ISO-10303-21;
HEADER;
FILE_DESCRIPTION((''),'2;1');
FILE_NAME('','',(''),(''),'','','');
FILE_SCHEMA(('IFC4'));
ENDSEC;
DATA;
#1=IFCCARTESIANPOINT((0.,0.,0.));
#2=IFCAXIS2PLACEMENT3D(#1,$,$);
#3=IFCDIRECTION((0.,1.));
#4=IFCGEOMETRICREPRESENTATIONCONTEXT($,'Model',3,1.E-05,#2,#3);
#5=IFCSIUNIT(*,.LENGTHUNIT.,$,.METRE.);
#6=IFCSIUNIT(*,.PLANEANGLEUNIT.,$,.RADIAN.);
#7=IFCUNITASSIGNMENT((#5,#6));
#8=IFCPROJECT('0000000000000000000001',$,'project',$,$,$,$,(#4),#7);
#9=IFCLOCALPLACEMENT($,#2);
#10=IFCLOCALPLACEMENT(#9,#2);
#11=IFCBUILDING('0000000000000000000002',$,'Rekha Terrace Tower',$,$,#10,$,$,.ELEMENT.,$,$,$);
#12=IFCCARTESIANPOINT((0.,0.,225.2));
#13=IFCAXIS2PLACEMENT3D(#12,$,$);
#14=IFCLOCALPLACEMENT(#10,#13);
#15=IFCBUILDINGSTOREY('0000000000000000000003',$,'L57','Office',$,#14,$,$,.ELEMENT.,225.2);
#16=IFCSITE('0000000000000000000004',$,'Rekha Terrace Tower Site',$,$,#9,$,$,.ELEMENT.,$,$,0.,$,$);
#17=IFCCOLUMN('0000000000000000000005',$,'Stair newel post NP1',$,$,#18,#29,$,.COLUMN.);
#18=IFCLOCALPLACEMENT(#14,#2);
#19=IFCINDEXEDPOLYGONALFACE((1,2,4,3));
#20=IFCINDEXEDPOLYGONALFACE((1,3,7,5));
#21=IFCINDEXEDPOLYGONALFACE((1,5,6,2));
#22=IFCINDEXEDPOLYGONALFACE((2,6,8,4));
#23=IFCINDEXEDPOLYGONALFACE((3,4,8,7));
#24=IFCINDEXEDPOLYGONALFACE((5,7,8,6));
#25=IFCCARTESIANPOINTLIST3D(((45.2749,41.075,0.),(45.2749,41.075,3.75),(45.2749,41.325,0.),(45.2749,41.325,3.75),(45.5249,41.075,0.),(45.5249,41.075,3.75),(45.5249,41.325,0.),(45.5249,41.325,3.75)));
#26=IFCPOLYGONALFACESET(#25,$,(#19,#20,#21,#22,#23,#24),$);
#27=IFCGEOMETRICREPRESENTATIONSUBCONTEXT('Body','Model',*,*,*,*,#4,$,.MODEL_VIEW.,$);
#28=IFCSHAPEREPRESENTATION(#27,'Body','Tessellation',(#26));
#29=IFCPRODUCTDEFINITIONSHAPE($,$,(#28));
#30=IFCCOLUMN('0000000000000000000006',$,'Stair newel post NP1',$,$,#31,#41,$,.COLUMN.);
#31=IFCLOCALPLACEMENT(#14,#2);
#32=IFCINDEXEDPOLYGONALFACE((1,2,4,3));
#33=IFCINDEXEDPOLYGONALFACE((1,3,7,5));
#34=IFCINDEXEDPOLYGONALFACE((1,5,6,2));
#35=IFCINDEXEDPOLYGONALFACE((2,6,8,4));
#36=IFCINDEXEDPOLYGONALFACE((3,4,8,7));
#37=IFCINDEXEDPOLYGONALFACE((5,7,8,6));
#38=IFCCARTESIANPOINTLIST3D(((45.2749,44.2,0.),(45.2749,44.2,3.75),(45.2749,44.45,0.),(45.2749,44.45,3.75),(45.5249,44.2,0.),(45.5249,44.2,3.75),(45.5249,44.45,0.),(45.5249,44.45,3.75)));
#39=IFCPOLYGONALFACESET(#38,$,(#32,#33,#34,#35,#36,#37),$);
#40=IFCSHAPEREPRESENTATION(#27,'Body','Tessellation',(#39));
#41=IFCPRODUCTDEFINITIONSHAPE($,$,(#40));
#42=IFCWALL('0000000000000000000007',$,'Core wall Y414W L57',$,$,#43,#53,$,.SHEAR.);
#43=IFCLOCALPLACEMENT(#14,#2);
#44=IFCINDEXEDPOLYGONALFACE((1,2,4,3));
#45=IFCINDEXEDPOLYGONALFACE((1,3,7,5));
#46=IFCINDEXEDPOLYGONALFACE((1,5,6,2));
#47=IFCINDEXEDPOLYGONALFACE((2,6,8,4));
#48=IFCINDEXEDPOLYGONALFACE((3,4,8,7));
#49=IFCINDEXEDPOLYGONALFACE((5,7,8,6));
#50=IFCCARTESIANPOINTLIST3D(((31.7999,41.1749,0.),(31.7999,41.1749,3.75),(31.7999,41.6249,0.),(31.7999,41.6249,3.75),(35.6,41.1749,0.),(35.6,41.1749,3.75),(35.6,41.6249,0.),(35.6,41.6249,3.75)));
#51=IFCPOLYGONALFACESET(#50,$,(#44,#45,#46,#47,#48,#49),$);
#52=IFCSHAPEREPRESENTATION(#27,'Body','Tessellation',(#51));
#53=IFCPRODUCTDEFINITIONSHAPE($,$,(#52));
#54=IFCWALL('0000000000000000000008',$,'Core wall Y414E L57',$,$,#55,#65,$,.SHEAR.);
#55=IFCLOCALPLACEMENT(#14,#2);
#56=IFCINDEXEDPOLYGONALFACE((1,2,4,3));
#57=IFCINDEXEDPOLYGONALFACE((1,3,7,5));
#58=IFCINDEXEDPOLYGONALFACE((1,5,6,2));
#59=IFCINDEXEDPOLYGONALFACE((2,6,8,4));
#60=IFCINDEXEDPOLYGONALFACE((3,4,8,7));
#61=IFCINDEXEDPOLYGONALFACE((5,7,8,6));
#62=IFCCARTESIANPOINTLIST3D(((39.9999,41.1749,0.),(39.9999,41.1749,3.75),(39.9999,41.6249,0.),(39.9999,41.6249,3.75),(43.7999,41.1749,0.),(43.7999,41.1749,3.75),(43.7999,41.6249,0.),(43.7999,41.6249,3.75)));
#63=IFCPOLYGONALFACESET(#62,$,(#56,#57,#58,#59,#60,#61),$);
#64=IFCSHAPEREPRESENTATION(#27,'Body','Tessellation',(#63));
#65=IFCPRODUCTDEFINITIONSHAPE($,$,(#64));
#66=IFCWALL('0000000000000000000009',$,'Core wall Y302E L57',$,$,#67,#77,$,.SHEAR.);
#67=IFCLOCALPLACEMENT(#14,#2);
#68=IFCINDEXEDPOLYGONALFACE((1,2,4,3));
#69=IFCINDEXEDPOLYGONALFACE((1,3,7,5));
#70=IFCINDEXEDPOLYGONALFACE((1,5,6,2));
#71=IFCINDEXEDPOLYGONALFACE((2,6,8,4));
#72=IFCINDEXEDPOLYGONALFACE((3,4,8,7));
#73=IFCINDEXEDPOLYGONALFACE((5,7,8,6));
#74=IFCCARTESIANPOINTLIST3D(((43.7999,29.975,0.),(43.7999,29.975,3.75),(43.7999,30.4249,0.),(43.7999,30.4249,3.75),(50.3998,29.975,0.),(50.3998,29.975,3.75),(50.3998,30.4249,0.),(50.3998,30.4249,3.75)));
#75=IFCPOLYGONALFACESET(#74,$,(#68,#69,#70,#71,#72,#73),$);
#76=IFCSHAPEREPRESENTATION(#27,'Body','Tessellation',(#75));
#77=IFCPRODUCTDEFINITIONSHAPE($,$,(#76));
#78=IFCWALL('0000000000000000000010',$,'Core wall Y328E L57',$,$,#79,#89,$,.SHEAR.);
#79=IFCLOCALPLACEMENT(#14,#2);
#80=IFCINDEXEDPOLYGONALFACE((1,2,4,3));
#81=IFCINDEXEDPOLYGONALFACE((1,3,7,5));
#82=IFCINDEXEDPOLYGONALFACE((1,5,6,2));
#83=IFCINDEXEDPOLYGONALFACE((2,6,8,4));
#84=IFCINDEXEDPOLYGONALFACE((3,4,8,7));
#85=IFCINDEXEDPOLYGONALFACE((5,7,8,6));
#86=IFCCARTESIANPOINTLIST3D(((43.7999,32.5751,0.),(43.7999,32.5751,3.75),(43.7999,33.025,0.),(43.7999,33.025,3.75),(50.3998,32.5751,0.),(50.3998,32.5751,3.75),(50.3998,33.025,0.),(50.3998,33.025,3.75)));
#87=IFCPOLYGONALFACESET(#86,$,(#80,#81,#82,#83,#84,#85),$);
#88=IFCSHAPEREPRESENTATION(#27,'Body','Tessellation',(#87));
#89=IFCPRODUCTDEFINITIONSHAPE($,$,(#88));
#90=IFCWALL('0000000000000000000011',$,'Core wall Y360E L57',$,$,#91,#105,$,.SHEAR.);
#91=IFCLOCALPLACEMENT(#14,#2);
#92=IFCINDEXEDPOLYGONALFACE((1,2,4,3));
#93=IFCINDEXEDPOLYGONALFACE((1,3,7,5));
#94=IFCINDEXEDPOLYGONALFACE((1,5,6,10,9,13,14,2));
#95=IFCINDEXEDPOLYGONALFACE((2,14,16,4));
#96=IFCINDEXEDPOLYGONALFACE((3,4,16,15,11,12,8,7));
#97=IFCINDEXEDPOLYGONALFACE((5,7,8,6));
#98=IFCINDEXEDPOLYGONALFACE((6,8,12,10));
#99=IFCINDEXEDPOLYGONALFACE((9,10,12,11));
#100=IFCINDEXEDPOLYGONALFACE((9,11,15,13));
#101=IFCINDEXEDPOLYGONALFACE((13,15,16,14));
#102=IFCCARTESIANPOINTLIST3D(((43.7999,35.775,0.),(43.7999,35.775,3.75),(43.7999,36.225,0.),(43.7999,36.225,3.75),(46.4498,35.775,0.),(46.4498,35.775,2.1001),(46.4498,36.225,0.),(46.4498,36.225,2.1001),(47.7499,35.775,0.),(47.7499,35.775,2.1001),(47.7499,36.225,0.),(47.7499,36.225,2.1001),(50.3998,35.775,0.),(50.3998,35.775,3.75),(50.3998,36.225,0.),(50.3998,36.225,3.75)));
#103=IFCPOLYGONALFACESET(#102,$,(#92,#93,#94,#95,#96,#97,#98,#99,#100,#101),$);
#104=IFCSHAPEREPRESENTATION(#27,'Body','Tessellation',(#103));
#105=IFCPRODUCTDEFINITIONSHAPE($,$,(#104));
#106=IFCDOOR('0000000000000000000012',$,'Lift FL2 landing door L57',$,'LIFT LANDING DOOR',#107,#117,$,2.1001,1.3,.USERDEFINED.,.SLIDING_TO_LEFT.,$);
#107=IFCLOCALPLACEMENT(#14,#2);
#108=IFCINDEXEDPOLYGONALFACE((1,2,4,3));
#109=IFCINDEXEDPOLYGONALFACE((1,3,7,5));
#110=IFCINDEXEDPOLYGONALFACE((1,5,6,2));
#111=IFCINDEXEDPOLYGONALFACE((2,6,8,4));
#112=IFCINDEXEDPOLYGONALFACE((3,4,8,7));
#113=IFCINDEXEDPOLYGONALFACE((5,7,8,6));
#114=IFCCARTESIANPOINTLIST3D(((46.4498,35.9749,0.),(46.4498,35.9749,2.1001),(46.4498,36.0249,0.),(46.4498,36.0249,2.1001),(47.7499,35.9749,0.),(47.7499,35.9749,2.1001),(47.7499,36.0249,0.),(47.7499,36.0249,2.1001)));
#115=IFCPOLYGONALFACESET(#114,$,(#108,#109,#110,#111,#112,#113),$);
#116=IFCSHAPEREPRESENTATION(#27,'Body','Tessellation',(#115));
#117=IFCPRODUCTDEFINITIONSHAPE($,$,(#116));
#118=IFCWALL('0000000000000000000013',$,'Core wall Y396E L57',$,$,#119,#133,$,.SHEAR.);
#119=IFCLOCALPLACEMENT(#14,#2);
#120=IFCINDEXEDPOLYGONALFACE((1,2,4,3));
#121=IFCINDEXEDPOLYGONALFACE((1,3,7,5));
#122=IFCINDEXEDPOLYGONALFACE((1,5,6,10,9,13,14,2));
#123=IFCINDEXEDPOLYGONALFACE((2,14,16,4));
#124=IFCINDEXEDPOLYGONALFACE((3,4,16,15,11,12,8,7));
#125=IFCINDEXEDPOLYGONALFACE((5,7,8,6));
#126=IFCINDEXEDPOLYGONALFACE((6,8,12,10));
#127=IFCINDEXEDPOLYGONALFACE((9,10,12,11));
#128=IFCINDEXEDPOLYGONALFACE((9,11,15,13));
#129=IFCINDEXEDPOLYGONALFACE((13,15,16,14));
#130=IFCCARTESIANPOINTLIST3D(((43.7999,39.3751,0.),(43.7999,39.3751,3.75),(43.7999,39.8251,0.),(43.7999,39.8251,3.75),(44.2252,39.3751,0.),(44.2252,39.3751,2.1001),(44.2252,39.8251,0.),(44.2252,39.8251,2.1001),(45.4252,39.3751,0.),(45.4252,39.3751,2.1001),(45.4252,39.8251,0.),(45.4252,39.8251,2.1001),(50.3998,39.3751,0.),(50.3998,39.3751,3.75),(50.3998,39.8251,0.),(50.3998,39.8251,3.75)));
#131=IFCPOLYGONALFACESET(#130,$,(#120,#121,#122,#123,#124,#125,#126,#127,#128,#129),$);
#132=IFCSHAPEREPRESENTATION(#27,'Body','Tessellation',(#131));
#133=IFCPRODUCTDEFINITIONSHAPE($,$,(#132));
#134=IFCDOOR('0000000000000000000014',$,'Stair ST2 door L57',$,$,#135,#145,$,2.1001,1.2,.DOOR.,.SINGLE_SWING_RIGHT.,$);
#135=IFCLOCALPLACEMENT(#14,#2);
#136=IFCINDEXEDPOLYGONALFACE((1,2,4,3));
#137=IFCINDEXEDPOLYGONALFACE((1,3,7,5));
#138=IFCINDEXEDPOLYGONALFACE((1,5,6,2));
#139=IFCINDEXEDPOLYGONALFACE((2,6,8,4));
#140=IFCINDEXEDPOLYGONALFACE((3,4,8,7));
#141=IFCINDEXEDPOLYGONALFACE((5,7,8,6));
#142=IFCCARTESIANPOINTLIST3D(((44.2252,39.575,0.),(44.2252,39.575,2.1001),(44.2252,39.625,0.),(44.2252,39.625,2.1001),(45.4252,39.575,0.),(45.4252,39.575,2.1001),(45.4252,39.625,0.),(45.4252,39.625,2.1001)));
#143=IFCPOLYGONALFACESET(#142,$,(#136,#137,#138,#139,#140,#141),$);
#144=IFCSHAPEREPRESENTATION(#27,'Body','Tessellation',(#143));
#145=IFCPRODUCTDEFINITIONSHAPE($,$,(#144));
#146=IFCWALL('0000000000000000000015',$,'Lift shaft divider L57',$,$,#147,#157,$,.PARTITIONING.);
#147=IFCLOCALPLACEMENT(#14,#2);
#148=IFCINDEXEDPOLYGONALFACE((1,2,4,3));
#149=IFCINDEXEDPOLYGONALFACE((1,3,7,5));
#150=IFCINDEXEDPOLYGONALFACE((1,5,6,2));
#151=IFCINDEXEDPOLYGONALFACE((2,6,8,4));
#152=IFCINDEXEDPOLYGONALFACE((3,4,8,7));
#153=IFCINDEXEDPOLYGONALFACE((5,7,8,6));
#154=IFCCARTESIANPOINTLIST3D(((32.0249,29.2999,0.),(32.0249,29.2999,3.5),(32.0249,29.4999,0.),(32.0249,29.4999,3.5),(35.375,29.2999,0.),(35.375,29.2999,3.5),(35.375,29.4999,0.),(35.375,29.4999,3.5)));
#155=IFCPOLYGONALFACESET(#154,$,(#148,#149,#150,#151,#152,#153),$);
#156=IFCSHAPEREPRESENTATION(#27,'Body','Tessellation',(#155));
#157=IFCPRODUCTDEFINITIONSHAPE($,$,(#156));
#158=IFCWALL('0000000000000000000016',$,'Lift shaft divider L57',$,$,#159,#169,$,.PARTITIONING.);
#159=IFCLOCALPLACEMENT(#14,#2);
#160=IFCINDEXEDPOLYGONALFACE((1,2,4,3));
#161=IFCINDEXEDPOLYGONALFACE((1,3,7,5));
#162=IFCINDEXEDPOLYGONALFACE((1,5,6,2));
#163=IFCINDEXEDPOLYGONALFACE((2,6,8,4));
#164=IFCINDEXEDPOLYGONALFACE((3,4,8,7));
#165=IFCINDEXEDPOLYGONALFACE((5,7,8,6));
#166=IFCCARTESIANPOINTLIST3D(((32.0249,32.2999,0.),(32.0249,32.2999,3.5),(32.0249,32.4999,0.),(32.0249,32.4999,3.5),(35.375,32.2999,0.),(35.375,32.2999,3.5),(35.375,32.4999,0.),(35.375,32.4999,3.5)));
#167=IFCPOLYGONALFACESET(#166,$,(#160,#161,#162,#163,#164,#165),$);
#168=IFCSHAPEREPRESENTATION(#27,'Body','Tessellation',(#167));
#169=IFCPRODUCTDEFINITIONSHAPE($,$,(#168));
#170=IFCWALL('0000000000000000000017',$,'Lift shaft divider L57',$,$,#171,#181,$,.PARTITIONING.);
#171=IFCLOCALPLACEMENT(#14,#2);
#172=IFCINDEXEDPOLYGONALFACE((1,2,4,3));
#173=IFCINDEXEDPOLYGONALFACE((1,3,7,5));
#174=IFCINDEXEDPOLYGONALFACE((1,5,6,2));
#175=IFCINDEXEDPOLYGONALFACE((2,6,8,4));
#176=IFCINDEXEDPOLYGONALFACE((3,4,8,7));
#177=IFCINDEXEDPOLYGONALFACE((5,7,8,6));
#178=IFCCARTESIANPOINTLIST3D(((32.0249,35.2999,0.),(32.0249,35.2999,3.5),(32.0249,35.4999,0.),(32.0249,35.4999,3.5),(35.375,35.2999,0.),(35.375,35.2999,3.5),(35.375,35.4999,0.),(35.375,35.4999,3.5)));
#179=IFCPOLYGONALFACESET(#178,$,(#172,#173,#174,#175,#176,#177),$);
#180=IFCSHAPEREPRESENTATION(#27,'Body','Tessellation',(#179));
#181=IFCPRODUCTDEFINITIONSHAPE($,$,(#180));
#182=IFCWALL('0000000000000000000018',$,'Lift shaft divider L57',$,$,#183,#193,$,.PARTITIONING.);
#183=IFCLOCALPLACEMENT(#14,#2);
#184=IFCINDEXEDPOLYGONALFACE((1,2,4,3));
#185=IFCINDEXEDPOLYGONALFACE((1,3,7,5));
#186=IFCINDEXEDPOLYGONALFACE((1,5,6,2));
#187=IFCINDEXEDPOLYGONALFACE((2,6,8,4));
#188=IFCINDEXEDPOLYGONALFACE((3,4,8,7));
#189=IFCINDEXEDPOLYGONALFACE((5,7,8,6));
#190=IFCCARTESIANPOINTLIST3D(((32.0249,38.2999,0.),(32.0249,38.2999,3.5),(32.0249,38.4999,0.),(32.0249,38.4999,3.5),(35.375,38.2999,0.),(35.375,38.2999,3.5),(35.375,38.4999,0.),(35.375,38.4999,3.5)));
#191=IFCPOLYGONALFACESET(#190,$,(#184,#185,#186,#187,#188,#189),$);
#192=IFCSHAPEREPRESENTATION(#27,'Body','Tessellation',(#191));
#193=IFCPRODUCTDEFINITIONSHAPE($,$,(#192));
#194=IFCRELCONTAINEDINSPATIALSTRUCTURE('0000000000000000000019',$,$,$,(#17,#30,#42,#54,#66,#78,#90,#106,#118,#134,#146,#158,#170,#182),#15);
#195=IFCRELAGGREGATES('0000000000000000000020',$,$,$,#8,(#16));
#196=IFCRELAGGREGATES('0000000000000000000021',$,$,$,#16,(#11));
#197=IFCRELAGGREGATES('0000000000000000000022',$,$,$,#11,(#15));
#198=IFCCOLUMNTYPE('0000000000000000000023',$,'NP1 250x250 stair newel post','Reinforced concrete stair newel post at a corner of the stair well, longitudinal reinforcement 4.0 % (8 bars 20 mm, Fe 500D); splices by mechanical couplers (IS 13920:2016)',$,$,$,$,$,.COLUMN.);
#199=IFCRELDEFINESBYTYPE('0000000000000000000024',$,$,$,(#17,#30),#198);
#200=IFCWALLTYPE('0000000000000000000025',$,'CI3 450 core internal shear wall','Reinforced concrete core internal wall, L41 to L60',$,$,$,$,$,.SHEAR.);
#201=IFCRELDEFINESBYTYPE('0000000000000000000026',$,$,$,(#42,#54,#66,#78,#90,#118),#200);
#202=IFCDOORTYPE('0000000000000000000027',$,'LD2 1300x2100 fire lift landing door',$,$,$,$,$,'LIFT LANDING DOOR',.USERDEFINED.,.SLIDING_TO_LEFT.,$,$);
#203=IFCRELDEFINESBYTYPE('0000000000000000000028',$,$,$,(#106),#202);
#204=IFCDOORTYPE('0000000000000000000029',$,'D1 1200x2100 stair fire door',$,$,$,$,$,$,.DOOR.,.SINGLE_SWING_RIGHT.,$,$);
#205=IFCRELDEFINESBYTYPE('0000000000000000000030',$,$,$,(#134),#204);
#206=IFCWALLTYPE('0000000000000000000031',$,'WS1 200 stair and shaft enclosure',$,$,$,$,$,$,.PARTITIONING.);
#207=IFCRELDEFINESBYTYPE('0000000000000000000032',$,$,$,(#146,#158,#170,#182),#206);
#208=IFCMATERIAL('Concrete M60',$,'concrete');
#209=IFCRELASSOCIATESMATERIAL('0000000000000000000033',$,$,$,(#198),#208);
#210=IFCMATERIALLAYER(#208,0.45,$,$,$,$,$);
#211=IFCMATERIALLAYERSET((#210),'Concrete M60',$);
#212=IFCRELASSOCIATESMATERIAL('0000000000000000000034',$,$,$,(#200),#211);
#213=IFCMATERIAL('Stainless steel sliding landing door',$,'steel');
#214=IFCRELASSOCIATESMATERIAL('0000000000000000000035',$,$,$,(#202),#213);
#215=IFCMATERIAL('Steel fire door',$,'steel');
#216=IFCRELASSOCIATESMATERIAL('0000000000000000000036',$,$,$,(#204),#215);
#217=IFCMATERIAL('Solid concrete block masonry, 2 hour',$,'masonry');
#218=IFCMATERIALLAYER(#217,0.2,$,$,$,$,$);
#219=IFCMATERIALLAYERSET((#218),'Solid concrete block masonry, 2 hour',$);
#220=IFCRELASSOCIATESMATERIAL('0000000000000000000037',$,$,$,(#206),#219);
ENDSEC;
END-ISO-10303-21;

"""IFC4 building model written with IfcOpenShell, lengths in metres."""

from ifc_helpers import new_model, si_unit, direction, frame, frame_2d, origin, origin_2d, place, context, subcontext, project, spatial, rectangle, extrude, material, layer, layer_set, material_profile, profile_set, type_object, element, fill, save


model = new_model("IFC4")

# Units and contexts
model_context = context("Model", 3, precision=1e-05, world=origin(), true_north=direction((0.0, 1.0)))
body_context = subcontext(model_context, "Body", "Model", "MODEL_VIEW")
ifc_project = project(units=[si_unit("LENGTHUNIT", "METRE"), si_unit("PLANEANGLEUNIT", "RADIAN")], contexts=[model_context])

# Site, building, storey
site_placement = place(None, origin())
site = spatial("IfcSite", under=ifc_project, at=site_placement, Name="Rekha Terrace Tower Site", CompositionType="ELEMENT", RefElevation=0.0)
building_placement = place(site_placement, origin())
building = spatial("IfcBuilding", under=site, at=building_placement, Name="Rekha Terrace Tower", CompositionType="ELEMENT")
storey_placement = place(building_placement, frame((0.0, 0.0, 225.2)))
storey = spatial("IfcBuildingStorey", under=building, at=storey_placement, Name="L57", Description="Office", CompositionType="ELEMENT", Elevation=225.2)

# Columns
ifc_material_1 = material(Name="Concrete M60", Category="concrete")
ifc_material_profile = material_profile(ifc_material_1, rectangle(XDim=0.25, YDim=0.25, at=origin_2d()), Name="RC 250x250")
ifc_profile_set = profile_set([ifc_material_profile], Name="Concrete M60")
column_type = type_object("IfcColumnType", Name="NP1 250x250 stair newel post", Description="Reinforced concrete stair newel post at a corner of the stair well, longitudinal reinforcement 4.0 % (8 bars 20 mm, Fe 500D); splices by mechanical couplers (IS 13920:2016)", PredefinedType="COLUMN", material=ifc_profile_set)
for number, where, z_axis, x_axis, name in (
    (1, (45.3999, 41.2, 0.0), (0.0, 0.0, 1.0), (1.0, 0.0, 0.0), "Stair newel post NP1"),
    (2, (45.3999, 44.325, 0.0), (0.0, 0.0, 1.0), (1.0, 0.0, 0.0), "Stair newel post NP1"),
):
    element("IfcColumn", number, at=place(storey_placement, frame(where, z_axis=z_axis, x_axis=x_axis)), inside=storey, type_object=column_type, Name=name, PredefinedType="COLUMN", context=body_context, shape_type="SweptSolid", body=[
        extrude(rectangle(XDim=0.25, YDim=0.25, at=origin_2d()), origin(), (0.0, 0.0, 1.0), 3.75),
    ])

# Walls
ifc_layer_1 = layer(ifc_material_1, 0.45)
ifc_layer_set_1 = layer_set([ifc_layer_1], Name="Concrete M60")
wall_type_1 = type_object("IfcWallType", Name="CI3 450 core internal shear wall", Description="Reinforced concrete core internal wall, L41 to L60", PredefinedType="SHEAR", material=ifc_layer_set_1)
for number, where, z_axis, x_axis, name in (
    (3, (31.8, 41.3999, 0.0), (0.0, 0.0, 1.0), (1.0, 0.0, 0.0), "Core wall Y414W L57"),
    (4, (40.0, 41.3999, 0.0), (0.0, 0.0, 1.0), (1.0, 0.0, 0.0), "Core wall Y414E L57"),
):
    element("IfcWall", number, at=place(storey_placement, frame(where, z_axis=z_axis, x_axis=x_axis)), inside=storey, type_object=wall_type_1, Name=name, PredefinedType="SHEAR", context=body_context, shape_type="SweptSolid", body=[
        extrude(rectangle(XDim=3.8, YDim=0.45, at=frame_2d((1.8999, 0.0))), origin(), (0.0, 0.0, 1.0), 3.75),
    ])
for number, where, z_axis, x_axis, name in (
    (5, (43.8, 30.2, 0.0), (0.0, 0.0, 1.0), (1.0, 0.0, 0.0), "Core wall Y302E L57"),
    (6, (43.8, 32.8, 0.0), (0.0, 0.0, 1.0), (1.0, 0.0, 0.0), "Core wall Y328E L57"),
):
    element("IfcWall", number, at=place(storey_placement, frame(where, z_axis=z_axis, x_axis=x_axis)), inside=storey, type_object=wall_type_1, Name=name, PredefinedType="SHEAR", context=body_context, shape_type="SweptSolid", body=[
        extrude(rectangle(XDim=6.5999, YDim=0.45, at=frame_2d((3.2998, 0.0))), origin(), (0.0, 0.0, 1.0), 3.75),
    ])

# Walls, openings, doors
wall_1_placement = place(storey_placement, frame((43.8, 36.0, 0.0), z_axis=(0.0, 0.0, 1.0), x_axis=(1.0, 0.0, 0.0)))
wall_1 = element("IfcWall", 7, at=wall_1_placement, inside=storey, type_object=wall_type_1, Name="Core wall Y360E L57", PredefinedType="SHEAR", context=body_context, shape_type="SweptSolid", body=[
    extrude(rectangle(XDim=6.5999, YDim=0.45, at=frame_2d((3.2998, 0.0))), origin(), (0.0, 0.0, 1.0), 3.75),
])
opening_1_placement = place(wall_1_placement, frame((2.6499, 0.0, 0.0)))
opening_1 = element("IfcOpeningElement", 8, at=opening_1_placement, cuts=wall_1, PredefinedType="OPENING", context=body_context, shape_type="SweptSolid", body=[
    extrude(rectangle(XDim=1.3, YDim=2.1001, at=frame_2d((0.6499, 1.05))), frame((0.0, 0.2349, 0.0), z_axis=(0.0, -1.0, 0.0), x_axis=(1.0, 0.0, 0.0)), (0.0, 0.0, 1.0), 0.47),
])
ifc_material_2 = material(Name="Stainless steel sliding landing door", Category="steel")
door_type_1 = type_object("IfcDoorType", Name="LD2 1300x2100 fire lift landing door", ElementType="LIFT LANDING DOOR", OperationType="SLIDING_TO_LEFT", PredefinedType="USERDEFINED", material=ifc_material_2)
door_1_placement = place(opening_1_placement, origin())
door_1 = element("IfcDoor", 9, at=door_1_placement, inside=storey, type_object=door_type_1, Name="Lift FL2 landing door L57", ObjectType="LIFT LANDING DOOR", OperationType="SLIDING_TO_LEFT", OverallHeight=2.1001, OverallWidth=1.3, PredefinedType="USERDEFINED", context=body_context, shape_type="SweptSolid", body=[
    extrude(rectangle(XDim=1.3, YDim=2.1001, at=frame_2d((0.6499, 1.05))), frame((0.0, 0.0249, 0.0), z_axis=(0.0, -1.0, 0.0), x_axis=(1.0, 0.0, 0.0)), (0.0, 0.0, 1.0), 0.05),
])
fill(opening_1, door_1)
wall_2_placement = place(storey_placement, frame((43.8, 39.6001, 0.0), z_axis=(0.0, 0.0, 1.0), x_axis=(1.0, 0.0, 0.0)))
wall_2 = element("IfcWall", 10, at=wall_2_placement, inside=storey, type_object=wall_type_1, Name="Core wall Y396E L57", PredefinedType="SHEAR", context=body_context, shape_type="SweptSolid", body=[
    extrude(rectangle(XDim=6.5999, YDim=0.45, at=frame_2d((3.2998, 0.0))), origin(), (0.0, 0.0, 1.0), 3.75),
])
opening_2_placement = place(wall_2_placement, frame((0.425, 0.0, 0.0)))
opening_2 = element("IfcOpeningElement", 11, at=opening_2_placement, cuts=wall_2, PredefinedType="OPENING", context=body_context, shape_type="SweptSolid", body=[
    extrude(rectangle(XDim=1.2, YDim=2.1001, at=frame_2d((0.6001, 1.05))), frame((0.0, 0.2349, 0.0), z_axis=(0.0, -1.0, 0.0), x_axis=(1.0, 0.0, 0.0)), (0.0, 0.0, 1.0), 0.47),
])
ifc_material_3 = material(Name="Steel fire door", Category="steel")
door_type_2 = type_object("IfcDoorType", Name="D1 1200x2100 stair fire door", OperationType="SINGLE_SWING_RIGHT", PredefinedType="DOOR", material=ifc_material_3)
door_2_placement = place(opening_2_placement, origin())
door_2 = element("IfcDoor", 12, at=door_2_placement, inside=storey, type_object=door_type_2, Name="Stair ST2 door L57", OperationType="SINGLE_SWING_RIGHT", OverallHeight=2.1001, OverallWidth=1.2, PredefinedType="DOOR", context=body_context, shape_type="SweptSolid", body=[
    extrude(rectangle(XDim=1.2, YDim=2.1001, at=frame_2d((0.6001, 1.05))), frame((0.0, 0.0249, 0.0), z_axis=(0.0, -1.0, 0.0), x_axis=(1.0, 0.0, 0.0)), (0.0, 0.0, 1.0), 0.05),
])
fill(opening_2, door_2)

# Walls
ifc_material_4 = material(Name="Solid concrete block masonry, 2 hour", Category="masonry")
ifc_layer_2 = layer(ifc_material_4, 0.2)
ifc_layer_set_2 = layer_set([ifc_layer_2], Name="Solid concrete block masonry, 2 hour")
wall_type_2 = type_object("IfcWallType", Name="WS1 200 stair and shaft enclosure", PredefinedType="PARTITIONING", material=ifc_layer_set_2)
for number, where, z_axis, x_axis, name in (
    (13, (32.0249, 29.3999, 0.0), (0.0, 0.0, 1.0), (1.0, 0.0, 0.0), "Lift shaft divider L57"),
    (14, (32.0249, 32.3999, 0.0), (0.0, 0.0, 1.0), (1.0, 0.0, 0.0), "Lift shaft divider L57"),
    (15, (32.0249, 35.3999, 0.0), (0.0, 0.0, 1.0), (1.0, 0.0, 0.0), "Lift shaft divider L57"),
    (16, (32.0249, 38.3999, 0.0), (0.0, 0.0, 1.0), (1.0, 0.0, 0.0), "Lift shaft divider L57"),
):
    element("IfcWall", number, at=place(storey_placement, frame(where, z_axis=z_axis, x_axis=x_axis)), inside=storey, type_object=wall_type_2, Name=name, PredefinedType="PARTITIONING", context=body_context, shape_type="SweptSolid", body=[
        extrude(rectangle(XDim=3.3501, YDim=0.2, at=frame_2d((1.675, 0.0))), origin(), (0.0, 0.0, 1.0), 3.5),
    ])

save(model, "model.ifc")
